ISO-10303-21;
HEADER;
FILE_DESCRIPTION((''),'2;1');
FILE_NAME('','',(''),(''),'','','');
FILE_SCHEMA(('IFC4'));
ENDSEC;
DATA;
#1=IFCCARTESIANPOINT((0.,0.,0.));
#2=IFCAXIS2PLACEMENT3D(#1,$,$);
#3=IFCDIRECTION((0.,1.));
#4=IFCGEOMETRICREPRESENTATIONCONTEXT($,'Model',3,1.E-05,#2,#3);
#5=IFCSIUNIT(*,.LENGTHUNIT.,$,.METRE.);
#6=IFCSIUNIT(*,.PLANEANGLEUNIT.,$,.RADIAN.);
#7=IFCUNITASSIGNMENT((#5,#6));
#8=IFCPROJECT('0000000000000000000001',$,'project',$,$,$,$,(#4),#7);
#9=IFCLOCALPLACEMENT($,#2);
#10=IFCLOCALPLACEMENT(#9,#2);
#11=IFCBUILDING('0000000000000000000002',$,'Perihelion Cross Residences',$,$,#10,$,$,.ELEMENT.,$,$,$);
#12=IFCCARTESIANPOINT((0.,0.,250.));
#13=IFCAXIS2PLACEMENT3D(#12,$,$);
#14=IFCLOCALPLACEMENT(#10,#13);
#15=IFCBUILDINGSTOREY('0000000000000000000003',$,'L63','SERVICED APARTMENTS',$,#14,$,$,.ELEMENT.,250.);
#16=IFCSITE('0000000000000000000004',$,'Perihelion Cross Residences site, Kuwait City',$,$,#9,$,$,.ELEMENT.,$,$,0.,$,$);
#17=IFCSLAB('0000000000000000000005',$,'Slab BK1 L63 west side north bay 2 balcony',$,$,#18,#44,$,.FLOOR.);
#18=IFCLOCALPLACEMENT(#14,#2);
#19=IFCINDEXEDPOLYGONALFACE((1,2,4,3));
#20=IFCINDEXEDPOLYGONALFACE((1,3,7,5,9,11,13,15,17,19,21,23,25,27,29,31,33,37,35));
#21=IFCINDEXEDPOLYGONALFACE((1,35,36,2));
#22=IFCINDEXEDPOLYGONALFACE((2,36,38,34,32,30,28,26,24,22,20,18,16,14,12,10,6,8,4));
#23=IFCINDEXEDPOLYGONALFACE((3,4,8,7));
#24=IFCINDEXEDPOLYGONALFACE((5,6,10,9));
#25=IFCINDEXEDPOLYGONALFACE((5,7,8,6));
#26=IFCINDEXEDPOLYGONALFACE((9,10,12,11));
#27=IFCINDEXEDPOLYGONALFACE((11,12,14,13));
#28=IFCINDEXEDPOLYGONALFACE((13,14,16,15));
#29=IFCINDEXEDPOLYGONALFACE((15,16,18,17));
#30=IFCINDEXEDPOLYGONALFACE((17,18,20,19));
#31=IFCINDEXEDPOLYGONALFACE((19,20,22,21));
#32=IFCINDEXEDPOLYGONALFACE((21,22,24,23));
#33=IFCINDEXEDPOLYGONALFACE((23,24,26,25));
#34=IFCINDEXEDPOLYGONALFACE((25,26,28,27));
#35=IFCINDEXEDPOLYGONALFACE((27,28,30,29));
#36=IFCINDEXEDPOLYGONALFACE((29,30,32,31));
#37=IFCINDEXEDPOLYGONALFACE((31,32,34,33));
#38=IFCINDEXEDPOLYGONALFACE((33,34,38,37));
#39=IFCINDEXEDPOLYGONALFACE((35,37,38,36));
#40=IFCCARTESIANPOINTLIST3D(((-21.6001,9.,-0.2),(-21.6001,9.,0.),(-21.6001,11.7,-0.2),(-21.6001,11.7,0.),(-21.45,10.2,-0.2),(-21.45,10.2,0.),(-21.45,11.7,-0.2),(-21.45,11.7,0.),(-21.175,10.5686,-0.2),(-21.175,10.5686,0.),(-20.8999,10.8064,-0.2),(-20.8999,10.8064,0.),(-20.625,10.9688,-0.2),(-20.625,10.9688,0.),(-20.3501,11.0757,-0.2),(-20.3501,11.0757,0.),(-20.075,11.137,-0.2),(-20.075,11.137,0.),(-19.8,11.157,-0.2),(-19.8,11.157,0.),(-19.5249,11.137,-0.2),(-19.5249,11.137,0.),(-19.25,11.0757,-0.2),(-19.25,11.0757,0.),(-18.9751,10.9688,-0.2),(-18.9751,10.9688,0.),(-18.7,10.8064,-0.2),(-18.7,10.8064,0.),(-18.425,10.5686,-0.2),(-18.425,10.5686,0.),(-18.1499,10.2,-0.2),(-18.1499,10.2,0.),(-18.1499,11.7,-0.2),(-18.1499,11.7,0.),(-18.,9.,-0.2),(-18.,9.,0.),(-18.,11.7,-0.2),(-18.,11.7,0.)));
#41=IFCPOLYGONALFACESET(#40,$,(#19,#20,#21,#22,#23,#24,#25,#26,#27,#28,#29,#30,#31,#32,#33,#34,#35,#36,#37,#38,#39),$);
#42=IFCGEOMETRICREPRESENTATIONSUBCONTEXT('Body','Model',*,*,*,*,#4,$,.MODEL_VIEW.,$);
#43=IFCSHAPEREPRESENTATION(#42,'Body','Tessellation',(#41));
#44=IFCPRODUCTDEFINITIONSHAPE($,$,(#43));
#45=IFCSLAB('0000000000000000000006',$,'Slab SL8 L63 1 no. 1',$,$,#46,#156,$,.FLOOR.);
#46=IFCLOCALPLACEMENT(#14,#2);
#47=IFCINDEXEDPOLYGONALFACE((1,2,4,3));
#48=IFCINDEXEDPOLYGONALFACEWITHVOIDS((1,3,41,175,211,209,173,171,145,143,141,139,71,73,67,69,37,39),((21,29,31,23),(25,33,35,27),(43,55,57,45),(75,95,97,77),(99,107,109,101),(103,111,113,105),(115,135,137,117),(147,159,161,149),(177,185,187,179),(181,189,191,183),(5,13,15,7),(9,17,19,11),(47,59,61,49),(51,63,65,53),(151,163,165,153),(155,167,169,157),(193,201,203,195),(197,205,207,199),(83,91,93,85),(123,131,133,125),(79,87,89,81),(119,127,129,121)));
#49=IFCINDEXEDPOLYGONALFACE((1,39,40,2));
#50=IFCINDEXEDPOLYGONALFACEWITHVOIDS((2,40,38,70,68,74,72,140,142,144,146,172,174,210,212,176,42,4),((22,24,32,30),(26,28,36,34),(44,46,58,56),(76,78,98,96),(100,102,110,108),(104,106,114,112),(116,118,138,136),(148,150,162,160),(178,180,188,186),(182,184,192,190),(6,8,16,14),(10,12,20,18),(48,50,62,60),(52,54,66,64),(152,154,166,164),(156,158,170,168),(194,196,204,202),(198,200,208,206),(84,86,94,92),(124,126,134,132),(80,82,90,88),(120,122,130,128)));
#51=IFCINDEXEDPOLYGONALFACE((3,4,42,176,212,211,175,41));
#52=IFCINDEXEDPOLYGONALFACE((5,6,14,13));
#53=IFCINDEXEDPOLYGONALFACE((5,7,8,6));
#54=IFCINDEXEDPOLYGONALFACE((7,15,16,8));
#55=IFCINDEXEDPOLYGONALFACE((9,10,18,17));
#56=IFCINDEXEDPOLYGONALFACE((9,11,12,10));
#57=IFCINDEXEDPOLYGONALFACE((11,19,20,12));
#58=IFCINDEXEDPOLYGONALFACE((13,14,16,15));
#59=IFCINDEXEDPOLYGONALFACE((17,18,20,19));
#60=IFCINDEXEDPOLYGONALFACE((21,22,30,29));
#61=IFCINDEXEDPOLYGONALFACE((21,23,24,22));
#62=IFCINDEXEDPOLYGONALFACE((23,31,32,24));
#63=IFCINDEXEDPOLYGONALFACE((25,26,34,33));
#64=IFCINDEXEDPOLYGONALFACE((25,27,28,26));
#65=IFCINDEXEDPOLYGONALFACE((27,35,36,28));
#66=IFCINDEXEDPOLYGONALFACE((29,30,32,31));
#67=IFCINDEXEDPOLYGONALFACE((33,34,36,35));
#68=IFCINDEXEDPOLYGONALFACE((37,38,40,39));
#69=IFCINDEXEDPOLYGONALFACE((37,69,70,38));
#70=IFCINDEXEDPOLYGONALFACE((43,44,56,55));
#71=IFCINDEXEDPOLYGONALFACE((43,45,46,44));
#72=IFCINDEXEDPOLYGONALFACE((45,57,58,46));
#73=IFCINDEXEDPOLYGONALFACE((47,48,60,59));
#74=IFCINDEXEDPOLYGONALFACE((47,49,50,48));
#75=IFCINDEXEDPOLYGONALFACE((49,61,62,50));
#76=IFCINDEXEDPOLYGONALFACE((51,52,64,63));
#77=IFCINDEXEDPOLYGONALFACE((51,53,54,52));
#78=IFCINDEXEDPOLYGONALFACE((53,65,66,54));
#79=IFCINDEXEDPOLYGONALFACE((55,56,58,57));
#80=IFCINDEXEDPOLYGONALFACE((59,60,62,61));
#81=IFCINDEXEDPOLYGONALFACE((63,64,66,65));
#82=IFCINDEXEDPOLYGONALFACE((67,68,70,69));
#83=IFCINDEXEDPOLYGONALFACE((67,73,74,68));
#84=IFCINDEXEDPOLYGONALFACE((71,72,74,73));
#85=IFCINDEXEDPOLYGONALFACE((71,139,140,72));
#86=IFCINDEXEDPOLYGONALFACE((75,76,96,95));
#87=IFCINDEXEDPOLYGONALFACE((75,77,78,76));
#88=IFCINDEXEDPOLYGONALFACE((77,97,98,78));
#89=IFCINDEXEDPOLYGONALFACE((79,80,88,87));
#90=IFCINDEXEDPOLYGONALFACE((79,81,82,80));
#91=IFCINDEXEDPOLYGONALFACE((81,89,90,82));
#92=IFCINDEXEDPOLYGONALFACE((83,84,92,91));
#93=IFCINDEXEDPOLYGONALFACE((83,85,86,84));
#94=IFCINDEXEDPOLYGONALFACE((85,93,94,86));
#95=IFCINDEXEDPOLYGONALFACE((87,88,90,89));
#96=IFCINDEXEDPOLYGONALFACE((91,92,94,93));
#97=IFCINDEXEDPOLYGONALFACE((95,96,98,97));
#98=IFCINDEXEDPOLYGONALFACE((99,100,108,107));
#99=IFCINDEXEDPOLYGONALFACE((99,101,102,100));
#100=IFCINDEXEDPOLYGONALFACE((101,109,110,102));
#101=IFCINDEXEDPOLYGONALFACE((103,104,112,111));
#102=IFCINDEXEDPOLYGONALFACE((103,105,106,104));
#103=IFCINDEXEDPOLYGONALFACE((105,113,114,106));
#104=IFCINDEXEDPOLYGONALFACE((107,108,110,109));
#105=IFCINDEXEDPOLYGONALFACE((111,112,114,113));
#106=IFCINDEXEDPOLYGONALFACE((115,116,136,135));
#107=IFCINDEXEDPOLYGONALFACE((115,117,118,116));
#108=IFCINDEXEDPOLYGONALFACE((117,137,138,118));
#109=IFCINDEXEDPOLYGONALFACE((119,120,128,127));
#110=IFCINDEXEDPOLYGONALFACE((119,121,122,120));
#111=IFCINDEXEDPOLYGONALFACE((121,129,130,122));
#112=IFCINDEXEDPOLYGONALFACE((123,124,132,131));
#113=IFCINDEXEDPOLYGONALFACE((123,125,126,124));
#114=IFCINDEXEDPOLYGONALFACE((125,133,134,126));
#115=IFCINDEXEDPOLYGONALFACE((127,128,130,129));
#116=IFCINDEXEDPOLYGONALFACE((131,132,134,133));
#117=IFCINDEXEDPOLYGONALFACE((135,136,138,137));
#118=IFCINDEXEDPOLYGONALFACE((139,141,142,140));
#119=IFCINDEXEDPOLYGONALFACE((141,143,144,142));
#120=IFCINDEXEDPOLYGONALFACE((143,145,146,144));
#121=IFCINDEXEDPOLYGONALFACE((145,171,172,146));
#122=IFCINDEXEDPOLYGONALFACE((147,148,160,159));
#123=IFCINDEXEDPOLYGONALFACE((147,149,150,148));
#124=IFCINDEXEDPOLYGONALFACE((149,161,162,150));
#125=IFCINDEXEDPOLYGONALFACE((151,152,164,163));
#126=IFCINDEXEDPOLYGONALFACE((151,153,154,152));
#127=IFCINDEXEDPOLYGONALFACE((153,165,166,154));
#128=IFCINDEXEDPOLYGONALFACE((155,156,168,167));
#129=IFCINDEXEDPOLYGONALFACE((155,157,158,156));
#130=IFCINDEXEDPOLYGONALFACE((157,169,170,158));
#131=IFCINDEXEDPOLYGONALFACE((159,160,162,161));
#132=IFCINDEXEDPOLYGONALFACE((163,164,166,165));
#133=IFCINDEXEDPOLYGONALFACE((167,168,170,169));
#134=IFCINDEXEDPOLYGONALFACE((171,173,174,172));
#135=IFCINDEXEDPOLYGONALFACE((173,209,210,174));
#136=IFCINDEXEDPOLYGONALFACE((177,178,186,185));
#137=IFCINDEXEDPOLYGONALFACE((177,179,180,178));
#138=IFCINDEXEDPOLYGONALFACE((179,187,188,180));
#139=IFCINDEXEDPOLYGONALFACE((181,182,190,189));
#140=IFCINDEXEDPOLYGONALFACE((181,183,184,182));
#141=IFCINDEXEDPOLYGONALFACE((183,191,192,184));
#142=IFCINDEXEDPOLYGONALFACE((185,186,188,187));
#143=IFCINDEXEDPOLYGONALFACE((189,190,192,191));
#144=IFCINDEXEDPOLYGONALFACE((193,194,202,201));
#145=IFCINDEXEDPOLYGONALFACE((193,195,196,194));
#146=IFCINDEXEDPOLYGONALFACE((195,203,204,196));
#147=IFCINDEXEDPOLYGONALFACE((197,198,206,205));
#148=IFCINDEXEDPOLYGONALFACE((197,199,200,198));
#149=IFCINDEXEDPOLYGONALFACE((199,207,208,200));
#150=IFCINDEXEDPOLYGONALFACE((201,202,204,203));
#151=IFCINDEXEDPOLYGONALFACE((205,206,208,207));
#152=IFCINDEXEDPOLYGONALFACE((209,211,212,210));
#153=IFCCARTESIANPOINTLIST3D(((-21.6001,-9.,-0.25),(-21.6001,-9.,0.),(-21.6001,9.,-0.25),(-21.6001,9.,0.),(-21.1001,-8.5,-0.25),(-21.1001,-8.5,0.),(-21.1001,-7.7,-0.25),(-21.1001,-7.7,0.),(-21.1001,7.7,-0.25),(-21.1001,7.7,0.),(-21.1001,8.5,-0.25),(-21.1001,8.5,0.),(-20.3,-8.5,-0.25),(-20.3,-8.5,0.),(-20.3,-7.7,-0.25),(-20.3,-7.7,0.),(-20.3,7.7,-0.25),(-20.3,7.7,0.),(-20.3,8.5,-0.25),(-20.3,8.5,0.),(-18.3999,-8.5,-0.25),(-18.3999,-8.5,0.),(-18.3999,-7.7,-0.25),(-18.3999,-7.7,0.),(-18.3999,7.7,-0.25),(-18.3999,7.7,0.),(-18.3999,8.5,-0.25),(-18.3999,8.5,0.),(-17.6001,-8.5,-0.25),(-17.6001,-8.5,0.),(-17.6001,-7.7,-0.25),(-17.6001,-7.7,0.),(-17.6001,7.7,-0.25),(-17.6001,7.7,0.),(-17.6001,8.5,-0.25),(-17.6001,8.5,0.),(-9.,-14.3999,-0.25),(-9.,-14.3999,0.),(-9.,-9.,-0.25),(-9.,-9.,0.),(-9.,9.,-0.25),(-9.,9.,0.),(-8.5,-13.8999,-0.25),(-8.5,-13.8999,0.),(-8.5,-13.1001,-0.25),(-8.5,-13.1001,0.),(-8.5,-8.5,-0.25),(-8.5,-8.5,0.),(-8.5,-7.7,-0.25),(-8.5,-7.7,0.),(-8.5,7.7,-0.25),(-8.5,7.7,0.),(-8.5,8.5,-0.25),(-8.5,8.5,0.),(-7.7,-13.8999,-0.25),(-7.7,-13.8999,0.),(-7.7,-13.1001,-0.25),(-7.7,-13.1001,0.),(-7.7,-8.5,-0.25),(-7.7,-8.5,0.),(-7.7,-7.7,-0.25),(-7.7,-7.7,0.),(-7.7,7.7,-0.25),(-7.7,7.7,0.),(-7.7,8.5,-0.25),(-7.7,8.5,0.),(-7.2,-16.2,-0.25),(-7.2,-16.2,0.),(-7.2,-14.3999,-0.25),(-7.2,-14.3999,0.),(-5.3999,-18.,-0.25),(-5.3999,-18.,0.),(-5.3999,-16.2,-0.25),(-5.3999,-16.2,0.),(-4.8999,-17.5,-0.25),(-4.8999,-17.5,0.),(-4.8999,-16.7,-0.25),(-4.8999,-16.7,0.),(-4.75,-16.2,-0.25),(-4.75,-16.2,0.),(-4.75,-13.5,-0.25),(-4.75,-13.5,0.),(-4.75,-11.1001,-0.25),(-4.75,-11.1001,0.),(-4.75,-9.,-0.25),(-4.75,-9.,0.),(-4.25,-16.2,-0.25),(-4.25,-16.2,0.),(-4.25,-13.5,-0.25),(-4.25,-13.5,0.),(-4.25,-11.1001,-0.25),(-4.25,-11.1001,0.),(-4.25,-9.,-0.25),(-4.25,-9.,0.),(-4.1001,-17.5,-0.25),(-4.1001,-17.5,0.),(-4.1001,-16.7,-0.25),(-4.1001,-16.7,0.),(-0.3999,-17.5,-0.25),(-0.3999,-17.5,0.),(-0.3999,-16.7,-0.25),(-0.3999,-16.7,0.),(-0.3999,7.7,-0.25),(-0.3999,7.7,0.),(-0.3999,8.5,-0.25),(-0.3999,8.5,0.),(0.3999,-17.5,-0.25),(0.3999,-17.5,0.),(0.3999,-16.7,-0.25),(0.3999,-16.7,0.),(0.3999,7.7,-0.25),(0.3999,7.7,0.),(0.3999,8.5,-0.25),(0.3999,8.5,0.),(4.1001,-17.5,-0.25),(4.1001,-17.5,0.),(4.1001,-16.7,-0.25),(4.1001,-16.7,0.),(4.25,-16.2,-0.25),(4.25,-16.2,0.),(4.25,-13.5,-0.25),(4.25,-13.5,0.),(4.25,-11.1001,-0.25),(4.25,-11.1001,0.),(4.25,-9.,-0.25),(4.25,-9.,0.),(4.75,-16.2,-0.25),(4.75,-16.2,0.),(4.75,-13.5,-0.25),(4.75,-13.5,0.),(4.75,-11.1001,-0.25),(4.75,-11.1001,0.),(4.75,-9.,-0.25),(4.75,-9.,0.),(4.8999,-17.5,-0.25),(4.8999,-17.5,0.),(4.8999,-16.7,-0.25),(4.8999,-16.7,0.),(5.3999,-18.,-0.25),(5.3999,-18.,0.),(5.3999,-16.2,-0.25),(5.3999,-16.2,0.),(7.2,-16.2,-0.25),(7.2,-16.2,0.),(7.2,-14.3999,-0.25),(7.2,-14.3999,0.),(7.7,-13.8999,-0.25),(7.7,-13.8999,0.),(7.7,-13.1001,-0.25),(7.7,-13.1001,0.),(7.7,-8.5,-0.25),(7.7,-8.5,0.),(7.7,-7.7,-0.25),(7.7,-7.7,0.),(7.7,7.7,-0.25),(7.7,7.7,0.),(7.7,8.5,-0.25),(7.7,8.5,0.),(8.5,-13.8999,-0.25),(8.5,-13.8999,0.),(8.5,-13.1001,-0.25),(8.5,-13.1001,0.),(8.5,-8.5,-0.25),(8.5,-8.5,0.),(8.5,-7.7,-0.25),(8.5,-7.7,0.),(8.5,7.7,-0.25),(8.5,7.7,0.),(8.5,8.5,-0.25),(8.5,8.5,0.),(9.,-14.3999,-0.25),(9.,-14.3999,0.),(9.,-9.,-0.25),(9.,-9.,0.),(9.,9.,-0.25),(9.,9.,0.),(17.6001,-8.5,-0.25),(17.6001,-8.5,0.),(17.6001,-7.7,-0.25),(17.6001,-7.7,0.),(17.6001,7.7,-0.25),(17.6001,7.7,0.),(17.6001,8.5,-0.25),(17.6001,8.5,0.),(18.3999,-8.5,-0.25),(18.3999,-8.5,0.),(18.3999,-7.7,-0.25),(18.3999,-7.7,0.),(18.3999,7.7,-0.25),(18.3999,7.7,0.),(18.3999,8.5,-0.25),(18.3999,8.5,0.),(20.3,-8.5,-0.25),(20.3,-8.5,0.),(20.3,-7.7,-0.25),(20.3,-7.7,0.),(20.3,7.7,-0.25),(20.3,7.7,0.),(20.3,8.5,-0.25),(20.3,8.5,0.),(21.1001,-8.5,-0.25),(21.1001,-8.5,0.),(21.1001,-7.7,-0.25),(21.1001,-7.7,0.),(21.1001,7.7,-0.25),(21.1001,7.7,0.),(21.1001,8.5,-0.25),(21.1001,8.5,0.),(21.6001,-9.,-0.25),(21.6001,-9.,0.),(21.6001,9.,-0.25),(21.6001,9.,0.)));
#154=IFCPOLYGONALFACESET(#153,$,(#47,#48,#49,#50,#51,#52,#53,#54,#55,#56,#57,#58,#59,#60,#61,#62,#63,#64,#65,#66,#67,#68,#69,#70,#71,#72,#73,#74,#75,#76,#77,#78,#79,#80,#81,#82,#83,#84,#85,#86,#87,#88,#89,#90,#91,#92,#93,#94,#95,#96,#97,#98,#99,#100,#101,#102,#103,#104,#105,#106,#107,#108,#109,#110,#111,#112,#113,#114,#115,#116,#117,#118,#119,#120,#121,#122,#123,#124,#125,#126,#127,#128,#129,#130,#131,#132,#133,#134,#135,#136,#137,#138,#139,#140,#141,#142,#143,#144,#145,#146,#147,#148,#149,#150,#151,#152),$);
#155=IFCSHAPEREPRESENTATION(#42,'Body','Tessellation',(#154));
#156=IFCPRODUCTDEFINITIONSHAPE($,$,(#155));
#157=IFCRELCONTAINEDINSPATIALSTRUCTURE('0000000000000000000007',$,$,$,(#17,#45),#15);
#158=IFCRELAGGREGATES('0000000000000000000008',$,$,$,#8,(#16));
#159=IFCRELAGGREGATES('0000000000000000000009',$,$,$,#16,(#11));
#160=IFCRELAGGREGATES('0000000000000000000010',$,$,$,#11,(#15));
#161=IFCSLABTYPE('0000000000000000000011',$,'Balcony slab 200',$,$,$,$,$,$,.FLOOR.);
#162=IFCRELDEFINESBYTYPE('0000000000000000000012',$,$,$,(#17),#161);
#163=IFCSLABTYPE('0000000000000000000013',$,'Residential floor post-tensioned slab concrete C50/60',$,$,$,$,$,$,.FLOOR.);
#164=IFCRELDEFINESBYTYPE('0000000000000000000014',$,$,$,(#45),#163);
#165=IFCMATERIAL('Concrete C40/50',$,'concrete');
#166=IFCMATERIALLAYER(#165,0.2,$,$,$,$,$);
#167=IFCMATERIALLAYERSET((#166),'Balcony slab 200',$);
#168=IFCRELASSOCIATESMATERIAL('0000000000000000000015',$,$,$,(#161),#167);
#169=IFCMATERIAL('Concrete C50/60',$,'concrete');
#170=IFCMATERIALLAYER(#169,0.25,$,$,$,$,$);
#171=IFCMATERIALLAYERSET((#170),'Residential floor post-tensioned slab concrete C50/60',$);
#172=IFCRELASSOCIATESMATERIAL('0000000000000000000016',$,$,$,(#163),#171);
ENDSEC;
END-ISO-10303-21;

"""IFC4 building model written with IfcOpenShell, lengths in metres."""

from ifc_helpers import new_model, si_unit, direction, frame, origin, place, context, subcontext, project, spatial, polyline, outline, extrude, material, layer, layer_set, type_object, element, save


model = new_model("IFC4")

# Units and contexts
model_context = context("Model", 3, precision=1e-05, world=origin(), true_north=direction((0.0, 1.0)))
body_context = subcontext(model_context, "Body", "Model", "MODEL_VIEW")
ifc_project = project(units=[si_unit("LENGTHUNIT", "METRE"), si_unit("PLANEANGLEUNIT", "RADIAN")], contexts=[model_context])

# Site, building, storey
site_placement = place(None, origin())
site = spatial("IfcSite", under=ifc_project, at=site_placement, Name="Perihelion Cross Residences site, Kuwait City", CompositionType="ELEMENT", RefElevation=0.0)
building_placement = place(site_placement, origin())
building = spatial("IfcBuilding", under=site, at=building_placement, Name="Perihelion Cross Residences", CompositionType="ELEMENT")
storey_placement = place(building_placement, frame((0.0, 0.0, 250.0)))
storey = spatial("IfcBuildingStorey", under=building, at=storey_placement, Name="L63", Description="SERVICED APARTMENTS", CompositionType="ELEMENT", Elevation=250.0)

# Slabs
ifc_material_1 = material(Name="Concrete C40/50", Category="concrete")
ifc_layer_1 = layer(ifc_material_1, 0.2)
ifc_layer_set_1 = layer_set([ifc_layer_1], Name="Balcony slab 200")
slab_type_1 = type_object("IfcSlabType", Name="Balcony slab 200", PredefinedType="FLOOR", material=ifc_layer_set_1)
slab_1_placement = place(storey_placement, frame((0.0, 0.0, -0.2)))
element("IfcSlab", 1, at=slab_1_placement, inside=storey, type_object=slab_type_1, Name="Slab BK1 L63 west side north bay 2 balcony", PredefinedType="FLOOR", context=body_context, shape_type="SweptSolid", body=[
    extrude(outline(polyline([(-18.0, 9.0), (-21.6001, 9.0), (-21.6001, 11.7), (-21.45, 11.7), (-21.45, 10.2), (-21.175, 10.5686), (-20.8999, 10.8064), (-20.625, 10.9688), (-20.3501, 11.0757), (-20.075, 11.137), (-19.8, 11.157), (-19.5249, 11.137), (-19.25, 11.0757), (-18.9751, 10.9688), (-18.7, 10.8064), (-18.425, 10.5686), (-18.1499, 10.2), (-18.1499, 11.7), (-18.0, 11.7), (-18.0, 9.0)])), origin(), (0.0, 0.0, 1.0), 0.2),
])
ifc_material_2 = material(Name="Concrete C50/60", Category="concrete")
ifc_layer_2 = layer(ifc_material_2, 0.25)
ifc_layer_set_2 = layer_set([ifc_layer_2], Name="Residential floor post-tensioned slab concrete C50/60")
slab_type_2 = type_object("IfcSlabType", Name="Residential floor post-tensioned slab concrete C50/60", PredefinedType="FLOOR", material=ifc_layer_set_2)
slab_2_placement = place(storey_placement, frame((0.0, 0.0, -0.25)))
element("IfcSlab", 2, at=slab_2_placement, inside=storey, type_object=slab_type_2, Name="Slab SL8 L63 1 no. 1", PredefinedType="FLOOR", context=body_context, shape_type="SweptSolid", body=[
    extrude(outline(polyline([(-9.0, 9.0), (9.0, 9.0), (21.6001, 9.0), (21.6001, -9.0), (9.0, -9.0), (9.0, -14.3999), (7.2, -14.3999), (7.2, -16.2), (5.3999, -16.2), (5.3999, -18.0), (-5.3999, -18.0), (-5.3999, -16.2), (-7.2, -16.2), (-7.2, -14.3999), (-9.0, -14.3999), (-9.0, -9.0), (-21.6001, -9.0), (-21.6001, 9.0), (-9.0, 9.0)]), holes=[polyline([(-4.1001, -16.7), (-4.8999, -16.7), (-4.8999, -17.5), (-4.1001, -17.5), (-4.1001, -16.7)]), polyline([(0.3999, -17.5), (0.3999, -16.7), (-0.3999, -16.7), (-0.3999, -17.5), (0.3999, -17.5)]), polyline([(-4.25, -16.2), (-4.25, -13.5), (-4.75, -13.5), (-4.75, -16.2), (-4.25, -16.2)]), polyline([(-7.7, -13.1001), (-8.5, -13.1001), (-8.5, -13.8999), (-7.7, -13.8999), (-7.7, -13.1001)]), polyline([(-4.25, -11.1001), (-4.25, -9.0), (-4.75, -9.0), (-4.75, -11.1001), (-4.25, -11.1001)]), polyline([(-20.3, -8.5), (-20.3, -7.7), (-21.1001, -7.7), (-21.1001, -8.5), (-20.3, -8.5)]), polyline([(-17.6001, -7.7), (-18.3999, -7.7), (-18.3999, -8.5), (-17.6001, -8.5), (-17.6001, -7.7)]), polyline([(-7.7, -8.5), (-7.7, -7.7), (-8.5, -7.7), (-8.5, -8.5), (-7.7, -8.5)]), polyline([(-20.3, 8.5), (-21.1001, 8.5), (-21.1001, 7.7), (-20.3, 7.7), (-20.3, 8.5)]), polyline([(-17.6001, 7.7), (-17.6001, 8.5), (-18.3999, 8.5), (-18.3999, 7.7), (-17.6001, 7.7)]), polyline([(-7.7, 7.7), (-7.7, 8.5), (-8.5, 8.5), (-8.5, 7.7), (-7.7, 7.7)]), polyline([(4.8999, -16.7), (4.1001, -16.7), (4.1001, -17.5), (4.8999, -17.5), (4.8999, -16.7)]), polyline([(4.75, -16.2), (4.75, -13.5), (4.25, -13.5), (4.25, -16.2), (4.75, -16.2)]), polyline([(8.5, -13.8999), (8.5, -13.1001), (7.7, -13.1001), (7.7, -13.8999), (8.5, -13.8999)]), polyline([(4.75, -9.0), (4.25, -9.0), (4.25, -11.1001), (4.75, -11.1001), (4.75, -9.0)]), polyline([(8.5, -8.5), (8.5, -7.7), (7.7, -7.7), (7.7, -8.5), (8.5, -8.5)]), polyline([(18.3999, -8.5), (18.3999, -7.7), (17.6001, -7.7), (17.6001, -8.5), (18.3999, -8.5)]), polyline([(21.1001, -7.7), (20.3, -7.7), (20.3, -8.5), (21.1001, -8.5), (21.1001, -7.7)]), polyline([(0.3999, 7.7), (0.3999, 8.5), (-0.3999, 8.5), (-0.3999, 7.7), (0.3999, 7.7)]), polyline([(8.5, 8.5), (7.7, 8.5), (7.7, 7.7), (8.5, 7.7), (8.5, 8.5)]), polyline([(18.3999, 7.7), (18.3999, 8.5), (17.6001, 8.5), (17.6001, 7.7), (18.3999, 7.7)]), polyline([(21.1001, 7.7), (21.1001, 8.5), (20.3, 8.5), (20.3, 7.7), (21.1001, 7.7)])]), origin(), (0.0, 0.0, 1.0), 0.25),
])

save(model, "model.ifc")
